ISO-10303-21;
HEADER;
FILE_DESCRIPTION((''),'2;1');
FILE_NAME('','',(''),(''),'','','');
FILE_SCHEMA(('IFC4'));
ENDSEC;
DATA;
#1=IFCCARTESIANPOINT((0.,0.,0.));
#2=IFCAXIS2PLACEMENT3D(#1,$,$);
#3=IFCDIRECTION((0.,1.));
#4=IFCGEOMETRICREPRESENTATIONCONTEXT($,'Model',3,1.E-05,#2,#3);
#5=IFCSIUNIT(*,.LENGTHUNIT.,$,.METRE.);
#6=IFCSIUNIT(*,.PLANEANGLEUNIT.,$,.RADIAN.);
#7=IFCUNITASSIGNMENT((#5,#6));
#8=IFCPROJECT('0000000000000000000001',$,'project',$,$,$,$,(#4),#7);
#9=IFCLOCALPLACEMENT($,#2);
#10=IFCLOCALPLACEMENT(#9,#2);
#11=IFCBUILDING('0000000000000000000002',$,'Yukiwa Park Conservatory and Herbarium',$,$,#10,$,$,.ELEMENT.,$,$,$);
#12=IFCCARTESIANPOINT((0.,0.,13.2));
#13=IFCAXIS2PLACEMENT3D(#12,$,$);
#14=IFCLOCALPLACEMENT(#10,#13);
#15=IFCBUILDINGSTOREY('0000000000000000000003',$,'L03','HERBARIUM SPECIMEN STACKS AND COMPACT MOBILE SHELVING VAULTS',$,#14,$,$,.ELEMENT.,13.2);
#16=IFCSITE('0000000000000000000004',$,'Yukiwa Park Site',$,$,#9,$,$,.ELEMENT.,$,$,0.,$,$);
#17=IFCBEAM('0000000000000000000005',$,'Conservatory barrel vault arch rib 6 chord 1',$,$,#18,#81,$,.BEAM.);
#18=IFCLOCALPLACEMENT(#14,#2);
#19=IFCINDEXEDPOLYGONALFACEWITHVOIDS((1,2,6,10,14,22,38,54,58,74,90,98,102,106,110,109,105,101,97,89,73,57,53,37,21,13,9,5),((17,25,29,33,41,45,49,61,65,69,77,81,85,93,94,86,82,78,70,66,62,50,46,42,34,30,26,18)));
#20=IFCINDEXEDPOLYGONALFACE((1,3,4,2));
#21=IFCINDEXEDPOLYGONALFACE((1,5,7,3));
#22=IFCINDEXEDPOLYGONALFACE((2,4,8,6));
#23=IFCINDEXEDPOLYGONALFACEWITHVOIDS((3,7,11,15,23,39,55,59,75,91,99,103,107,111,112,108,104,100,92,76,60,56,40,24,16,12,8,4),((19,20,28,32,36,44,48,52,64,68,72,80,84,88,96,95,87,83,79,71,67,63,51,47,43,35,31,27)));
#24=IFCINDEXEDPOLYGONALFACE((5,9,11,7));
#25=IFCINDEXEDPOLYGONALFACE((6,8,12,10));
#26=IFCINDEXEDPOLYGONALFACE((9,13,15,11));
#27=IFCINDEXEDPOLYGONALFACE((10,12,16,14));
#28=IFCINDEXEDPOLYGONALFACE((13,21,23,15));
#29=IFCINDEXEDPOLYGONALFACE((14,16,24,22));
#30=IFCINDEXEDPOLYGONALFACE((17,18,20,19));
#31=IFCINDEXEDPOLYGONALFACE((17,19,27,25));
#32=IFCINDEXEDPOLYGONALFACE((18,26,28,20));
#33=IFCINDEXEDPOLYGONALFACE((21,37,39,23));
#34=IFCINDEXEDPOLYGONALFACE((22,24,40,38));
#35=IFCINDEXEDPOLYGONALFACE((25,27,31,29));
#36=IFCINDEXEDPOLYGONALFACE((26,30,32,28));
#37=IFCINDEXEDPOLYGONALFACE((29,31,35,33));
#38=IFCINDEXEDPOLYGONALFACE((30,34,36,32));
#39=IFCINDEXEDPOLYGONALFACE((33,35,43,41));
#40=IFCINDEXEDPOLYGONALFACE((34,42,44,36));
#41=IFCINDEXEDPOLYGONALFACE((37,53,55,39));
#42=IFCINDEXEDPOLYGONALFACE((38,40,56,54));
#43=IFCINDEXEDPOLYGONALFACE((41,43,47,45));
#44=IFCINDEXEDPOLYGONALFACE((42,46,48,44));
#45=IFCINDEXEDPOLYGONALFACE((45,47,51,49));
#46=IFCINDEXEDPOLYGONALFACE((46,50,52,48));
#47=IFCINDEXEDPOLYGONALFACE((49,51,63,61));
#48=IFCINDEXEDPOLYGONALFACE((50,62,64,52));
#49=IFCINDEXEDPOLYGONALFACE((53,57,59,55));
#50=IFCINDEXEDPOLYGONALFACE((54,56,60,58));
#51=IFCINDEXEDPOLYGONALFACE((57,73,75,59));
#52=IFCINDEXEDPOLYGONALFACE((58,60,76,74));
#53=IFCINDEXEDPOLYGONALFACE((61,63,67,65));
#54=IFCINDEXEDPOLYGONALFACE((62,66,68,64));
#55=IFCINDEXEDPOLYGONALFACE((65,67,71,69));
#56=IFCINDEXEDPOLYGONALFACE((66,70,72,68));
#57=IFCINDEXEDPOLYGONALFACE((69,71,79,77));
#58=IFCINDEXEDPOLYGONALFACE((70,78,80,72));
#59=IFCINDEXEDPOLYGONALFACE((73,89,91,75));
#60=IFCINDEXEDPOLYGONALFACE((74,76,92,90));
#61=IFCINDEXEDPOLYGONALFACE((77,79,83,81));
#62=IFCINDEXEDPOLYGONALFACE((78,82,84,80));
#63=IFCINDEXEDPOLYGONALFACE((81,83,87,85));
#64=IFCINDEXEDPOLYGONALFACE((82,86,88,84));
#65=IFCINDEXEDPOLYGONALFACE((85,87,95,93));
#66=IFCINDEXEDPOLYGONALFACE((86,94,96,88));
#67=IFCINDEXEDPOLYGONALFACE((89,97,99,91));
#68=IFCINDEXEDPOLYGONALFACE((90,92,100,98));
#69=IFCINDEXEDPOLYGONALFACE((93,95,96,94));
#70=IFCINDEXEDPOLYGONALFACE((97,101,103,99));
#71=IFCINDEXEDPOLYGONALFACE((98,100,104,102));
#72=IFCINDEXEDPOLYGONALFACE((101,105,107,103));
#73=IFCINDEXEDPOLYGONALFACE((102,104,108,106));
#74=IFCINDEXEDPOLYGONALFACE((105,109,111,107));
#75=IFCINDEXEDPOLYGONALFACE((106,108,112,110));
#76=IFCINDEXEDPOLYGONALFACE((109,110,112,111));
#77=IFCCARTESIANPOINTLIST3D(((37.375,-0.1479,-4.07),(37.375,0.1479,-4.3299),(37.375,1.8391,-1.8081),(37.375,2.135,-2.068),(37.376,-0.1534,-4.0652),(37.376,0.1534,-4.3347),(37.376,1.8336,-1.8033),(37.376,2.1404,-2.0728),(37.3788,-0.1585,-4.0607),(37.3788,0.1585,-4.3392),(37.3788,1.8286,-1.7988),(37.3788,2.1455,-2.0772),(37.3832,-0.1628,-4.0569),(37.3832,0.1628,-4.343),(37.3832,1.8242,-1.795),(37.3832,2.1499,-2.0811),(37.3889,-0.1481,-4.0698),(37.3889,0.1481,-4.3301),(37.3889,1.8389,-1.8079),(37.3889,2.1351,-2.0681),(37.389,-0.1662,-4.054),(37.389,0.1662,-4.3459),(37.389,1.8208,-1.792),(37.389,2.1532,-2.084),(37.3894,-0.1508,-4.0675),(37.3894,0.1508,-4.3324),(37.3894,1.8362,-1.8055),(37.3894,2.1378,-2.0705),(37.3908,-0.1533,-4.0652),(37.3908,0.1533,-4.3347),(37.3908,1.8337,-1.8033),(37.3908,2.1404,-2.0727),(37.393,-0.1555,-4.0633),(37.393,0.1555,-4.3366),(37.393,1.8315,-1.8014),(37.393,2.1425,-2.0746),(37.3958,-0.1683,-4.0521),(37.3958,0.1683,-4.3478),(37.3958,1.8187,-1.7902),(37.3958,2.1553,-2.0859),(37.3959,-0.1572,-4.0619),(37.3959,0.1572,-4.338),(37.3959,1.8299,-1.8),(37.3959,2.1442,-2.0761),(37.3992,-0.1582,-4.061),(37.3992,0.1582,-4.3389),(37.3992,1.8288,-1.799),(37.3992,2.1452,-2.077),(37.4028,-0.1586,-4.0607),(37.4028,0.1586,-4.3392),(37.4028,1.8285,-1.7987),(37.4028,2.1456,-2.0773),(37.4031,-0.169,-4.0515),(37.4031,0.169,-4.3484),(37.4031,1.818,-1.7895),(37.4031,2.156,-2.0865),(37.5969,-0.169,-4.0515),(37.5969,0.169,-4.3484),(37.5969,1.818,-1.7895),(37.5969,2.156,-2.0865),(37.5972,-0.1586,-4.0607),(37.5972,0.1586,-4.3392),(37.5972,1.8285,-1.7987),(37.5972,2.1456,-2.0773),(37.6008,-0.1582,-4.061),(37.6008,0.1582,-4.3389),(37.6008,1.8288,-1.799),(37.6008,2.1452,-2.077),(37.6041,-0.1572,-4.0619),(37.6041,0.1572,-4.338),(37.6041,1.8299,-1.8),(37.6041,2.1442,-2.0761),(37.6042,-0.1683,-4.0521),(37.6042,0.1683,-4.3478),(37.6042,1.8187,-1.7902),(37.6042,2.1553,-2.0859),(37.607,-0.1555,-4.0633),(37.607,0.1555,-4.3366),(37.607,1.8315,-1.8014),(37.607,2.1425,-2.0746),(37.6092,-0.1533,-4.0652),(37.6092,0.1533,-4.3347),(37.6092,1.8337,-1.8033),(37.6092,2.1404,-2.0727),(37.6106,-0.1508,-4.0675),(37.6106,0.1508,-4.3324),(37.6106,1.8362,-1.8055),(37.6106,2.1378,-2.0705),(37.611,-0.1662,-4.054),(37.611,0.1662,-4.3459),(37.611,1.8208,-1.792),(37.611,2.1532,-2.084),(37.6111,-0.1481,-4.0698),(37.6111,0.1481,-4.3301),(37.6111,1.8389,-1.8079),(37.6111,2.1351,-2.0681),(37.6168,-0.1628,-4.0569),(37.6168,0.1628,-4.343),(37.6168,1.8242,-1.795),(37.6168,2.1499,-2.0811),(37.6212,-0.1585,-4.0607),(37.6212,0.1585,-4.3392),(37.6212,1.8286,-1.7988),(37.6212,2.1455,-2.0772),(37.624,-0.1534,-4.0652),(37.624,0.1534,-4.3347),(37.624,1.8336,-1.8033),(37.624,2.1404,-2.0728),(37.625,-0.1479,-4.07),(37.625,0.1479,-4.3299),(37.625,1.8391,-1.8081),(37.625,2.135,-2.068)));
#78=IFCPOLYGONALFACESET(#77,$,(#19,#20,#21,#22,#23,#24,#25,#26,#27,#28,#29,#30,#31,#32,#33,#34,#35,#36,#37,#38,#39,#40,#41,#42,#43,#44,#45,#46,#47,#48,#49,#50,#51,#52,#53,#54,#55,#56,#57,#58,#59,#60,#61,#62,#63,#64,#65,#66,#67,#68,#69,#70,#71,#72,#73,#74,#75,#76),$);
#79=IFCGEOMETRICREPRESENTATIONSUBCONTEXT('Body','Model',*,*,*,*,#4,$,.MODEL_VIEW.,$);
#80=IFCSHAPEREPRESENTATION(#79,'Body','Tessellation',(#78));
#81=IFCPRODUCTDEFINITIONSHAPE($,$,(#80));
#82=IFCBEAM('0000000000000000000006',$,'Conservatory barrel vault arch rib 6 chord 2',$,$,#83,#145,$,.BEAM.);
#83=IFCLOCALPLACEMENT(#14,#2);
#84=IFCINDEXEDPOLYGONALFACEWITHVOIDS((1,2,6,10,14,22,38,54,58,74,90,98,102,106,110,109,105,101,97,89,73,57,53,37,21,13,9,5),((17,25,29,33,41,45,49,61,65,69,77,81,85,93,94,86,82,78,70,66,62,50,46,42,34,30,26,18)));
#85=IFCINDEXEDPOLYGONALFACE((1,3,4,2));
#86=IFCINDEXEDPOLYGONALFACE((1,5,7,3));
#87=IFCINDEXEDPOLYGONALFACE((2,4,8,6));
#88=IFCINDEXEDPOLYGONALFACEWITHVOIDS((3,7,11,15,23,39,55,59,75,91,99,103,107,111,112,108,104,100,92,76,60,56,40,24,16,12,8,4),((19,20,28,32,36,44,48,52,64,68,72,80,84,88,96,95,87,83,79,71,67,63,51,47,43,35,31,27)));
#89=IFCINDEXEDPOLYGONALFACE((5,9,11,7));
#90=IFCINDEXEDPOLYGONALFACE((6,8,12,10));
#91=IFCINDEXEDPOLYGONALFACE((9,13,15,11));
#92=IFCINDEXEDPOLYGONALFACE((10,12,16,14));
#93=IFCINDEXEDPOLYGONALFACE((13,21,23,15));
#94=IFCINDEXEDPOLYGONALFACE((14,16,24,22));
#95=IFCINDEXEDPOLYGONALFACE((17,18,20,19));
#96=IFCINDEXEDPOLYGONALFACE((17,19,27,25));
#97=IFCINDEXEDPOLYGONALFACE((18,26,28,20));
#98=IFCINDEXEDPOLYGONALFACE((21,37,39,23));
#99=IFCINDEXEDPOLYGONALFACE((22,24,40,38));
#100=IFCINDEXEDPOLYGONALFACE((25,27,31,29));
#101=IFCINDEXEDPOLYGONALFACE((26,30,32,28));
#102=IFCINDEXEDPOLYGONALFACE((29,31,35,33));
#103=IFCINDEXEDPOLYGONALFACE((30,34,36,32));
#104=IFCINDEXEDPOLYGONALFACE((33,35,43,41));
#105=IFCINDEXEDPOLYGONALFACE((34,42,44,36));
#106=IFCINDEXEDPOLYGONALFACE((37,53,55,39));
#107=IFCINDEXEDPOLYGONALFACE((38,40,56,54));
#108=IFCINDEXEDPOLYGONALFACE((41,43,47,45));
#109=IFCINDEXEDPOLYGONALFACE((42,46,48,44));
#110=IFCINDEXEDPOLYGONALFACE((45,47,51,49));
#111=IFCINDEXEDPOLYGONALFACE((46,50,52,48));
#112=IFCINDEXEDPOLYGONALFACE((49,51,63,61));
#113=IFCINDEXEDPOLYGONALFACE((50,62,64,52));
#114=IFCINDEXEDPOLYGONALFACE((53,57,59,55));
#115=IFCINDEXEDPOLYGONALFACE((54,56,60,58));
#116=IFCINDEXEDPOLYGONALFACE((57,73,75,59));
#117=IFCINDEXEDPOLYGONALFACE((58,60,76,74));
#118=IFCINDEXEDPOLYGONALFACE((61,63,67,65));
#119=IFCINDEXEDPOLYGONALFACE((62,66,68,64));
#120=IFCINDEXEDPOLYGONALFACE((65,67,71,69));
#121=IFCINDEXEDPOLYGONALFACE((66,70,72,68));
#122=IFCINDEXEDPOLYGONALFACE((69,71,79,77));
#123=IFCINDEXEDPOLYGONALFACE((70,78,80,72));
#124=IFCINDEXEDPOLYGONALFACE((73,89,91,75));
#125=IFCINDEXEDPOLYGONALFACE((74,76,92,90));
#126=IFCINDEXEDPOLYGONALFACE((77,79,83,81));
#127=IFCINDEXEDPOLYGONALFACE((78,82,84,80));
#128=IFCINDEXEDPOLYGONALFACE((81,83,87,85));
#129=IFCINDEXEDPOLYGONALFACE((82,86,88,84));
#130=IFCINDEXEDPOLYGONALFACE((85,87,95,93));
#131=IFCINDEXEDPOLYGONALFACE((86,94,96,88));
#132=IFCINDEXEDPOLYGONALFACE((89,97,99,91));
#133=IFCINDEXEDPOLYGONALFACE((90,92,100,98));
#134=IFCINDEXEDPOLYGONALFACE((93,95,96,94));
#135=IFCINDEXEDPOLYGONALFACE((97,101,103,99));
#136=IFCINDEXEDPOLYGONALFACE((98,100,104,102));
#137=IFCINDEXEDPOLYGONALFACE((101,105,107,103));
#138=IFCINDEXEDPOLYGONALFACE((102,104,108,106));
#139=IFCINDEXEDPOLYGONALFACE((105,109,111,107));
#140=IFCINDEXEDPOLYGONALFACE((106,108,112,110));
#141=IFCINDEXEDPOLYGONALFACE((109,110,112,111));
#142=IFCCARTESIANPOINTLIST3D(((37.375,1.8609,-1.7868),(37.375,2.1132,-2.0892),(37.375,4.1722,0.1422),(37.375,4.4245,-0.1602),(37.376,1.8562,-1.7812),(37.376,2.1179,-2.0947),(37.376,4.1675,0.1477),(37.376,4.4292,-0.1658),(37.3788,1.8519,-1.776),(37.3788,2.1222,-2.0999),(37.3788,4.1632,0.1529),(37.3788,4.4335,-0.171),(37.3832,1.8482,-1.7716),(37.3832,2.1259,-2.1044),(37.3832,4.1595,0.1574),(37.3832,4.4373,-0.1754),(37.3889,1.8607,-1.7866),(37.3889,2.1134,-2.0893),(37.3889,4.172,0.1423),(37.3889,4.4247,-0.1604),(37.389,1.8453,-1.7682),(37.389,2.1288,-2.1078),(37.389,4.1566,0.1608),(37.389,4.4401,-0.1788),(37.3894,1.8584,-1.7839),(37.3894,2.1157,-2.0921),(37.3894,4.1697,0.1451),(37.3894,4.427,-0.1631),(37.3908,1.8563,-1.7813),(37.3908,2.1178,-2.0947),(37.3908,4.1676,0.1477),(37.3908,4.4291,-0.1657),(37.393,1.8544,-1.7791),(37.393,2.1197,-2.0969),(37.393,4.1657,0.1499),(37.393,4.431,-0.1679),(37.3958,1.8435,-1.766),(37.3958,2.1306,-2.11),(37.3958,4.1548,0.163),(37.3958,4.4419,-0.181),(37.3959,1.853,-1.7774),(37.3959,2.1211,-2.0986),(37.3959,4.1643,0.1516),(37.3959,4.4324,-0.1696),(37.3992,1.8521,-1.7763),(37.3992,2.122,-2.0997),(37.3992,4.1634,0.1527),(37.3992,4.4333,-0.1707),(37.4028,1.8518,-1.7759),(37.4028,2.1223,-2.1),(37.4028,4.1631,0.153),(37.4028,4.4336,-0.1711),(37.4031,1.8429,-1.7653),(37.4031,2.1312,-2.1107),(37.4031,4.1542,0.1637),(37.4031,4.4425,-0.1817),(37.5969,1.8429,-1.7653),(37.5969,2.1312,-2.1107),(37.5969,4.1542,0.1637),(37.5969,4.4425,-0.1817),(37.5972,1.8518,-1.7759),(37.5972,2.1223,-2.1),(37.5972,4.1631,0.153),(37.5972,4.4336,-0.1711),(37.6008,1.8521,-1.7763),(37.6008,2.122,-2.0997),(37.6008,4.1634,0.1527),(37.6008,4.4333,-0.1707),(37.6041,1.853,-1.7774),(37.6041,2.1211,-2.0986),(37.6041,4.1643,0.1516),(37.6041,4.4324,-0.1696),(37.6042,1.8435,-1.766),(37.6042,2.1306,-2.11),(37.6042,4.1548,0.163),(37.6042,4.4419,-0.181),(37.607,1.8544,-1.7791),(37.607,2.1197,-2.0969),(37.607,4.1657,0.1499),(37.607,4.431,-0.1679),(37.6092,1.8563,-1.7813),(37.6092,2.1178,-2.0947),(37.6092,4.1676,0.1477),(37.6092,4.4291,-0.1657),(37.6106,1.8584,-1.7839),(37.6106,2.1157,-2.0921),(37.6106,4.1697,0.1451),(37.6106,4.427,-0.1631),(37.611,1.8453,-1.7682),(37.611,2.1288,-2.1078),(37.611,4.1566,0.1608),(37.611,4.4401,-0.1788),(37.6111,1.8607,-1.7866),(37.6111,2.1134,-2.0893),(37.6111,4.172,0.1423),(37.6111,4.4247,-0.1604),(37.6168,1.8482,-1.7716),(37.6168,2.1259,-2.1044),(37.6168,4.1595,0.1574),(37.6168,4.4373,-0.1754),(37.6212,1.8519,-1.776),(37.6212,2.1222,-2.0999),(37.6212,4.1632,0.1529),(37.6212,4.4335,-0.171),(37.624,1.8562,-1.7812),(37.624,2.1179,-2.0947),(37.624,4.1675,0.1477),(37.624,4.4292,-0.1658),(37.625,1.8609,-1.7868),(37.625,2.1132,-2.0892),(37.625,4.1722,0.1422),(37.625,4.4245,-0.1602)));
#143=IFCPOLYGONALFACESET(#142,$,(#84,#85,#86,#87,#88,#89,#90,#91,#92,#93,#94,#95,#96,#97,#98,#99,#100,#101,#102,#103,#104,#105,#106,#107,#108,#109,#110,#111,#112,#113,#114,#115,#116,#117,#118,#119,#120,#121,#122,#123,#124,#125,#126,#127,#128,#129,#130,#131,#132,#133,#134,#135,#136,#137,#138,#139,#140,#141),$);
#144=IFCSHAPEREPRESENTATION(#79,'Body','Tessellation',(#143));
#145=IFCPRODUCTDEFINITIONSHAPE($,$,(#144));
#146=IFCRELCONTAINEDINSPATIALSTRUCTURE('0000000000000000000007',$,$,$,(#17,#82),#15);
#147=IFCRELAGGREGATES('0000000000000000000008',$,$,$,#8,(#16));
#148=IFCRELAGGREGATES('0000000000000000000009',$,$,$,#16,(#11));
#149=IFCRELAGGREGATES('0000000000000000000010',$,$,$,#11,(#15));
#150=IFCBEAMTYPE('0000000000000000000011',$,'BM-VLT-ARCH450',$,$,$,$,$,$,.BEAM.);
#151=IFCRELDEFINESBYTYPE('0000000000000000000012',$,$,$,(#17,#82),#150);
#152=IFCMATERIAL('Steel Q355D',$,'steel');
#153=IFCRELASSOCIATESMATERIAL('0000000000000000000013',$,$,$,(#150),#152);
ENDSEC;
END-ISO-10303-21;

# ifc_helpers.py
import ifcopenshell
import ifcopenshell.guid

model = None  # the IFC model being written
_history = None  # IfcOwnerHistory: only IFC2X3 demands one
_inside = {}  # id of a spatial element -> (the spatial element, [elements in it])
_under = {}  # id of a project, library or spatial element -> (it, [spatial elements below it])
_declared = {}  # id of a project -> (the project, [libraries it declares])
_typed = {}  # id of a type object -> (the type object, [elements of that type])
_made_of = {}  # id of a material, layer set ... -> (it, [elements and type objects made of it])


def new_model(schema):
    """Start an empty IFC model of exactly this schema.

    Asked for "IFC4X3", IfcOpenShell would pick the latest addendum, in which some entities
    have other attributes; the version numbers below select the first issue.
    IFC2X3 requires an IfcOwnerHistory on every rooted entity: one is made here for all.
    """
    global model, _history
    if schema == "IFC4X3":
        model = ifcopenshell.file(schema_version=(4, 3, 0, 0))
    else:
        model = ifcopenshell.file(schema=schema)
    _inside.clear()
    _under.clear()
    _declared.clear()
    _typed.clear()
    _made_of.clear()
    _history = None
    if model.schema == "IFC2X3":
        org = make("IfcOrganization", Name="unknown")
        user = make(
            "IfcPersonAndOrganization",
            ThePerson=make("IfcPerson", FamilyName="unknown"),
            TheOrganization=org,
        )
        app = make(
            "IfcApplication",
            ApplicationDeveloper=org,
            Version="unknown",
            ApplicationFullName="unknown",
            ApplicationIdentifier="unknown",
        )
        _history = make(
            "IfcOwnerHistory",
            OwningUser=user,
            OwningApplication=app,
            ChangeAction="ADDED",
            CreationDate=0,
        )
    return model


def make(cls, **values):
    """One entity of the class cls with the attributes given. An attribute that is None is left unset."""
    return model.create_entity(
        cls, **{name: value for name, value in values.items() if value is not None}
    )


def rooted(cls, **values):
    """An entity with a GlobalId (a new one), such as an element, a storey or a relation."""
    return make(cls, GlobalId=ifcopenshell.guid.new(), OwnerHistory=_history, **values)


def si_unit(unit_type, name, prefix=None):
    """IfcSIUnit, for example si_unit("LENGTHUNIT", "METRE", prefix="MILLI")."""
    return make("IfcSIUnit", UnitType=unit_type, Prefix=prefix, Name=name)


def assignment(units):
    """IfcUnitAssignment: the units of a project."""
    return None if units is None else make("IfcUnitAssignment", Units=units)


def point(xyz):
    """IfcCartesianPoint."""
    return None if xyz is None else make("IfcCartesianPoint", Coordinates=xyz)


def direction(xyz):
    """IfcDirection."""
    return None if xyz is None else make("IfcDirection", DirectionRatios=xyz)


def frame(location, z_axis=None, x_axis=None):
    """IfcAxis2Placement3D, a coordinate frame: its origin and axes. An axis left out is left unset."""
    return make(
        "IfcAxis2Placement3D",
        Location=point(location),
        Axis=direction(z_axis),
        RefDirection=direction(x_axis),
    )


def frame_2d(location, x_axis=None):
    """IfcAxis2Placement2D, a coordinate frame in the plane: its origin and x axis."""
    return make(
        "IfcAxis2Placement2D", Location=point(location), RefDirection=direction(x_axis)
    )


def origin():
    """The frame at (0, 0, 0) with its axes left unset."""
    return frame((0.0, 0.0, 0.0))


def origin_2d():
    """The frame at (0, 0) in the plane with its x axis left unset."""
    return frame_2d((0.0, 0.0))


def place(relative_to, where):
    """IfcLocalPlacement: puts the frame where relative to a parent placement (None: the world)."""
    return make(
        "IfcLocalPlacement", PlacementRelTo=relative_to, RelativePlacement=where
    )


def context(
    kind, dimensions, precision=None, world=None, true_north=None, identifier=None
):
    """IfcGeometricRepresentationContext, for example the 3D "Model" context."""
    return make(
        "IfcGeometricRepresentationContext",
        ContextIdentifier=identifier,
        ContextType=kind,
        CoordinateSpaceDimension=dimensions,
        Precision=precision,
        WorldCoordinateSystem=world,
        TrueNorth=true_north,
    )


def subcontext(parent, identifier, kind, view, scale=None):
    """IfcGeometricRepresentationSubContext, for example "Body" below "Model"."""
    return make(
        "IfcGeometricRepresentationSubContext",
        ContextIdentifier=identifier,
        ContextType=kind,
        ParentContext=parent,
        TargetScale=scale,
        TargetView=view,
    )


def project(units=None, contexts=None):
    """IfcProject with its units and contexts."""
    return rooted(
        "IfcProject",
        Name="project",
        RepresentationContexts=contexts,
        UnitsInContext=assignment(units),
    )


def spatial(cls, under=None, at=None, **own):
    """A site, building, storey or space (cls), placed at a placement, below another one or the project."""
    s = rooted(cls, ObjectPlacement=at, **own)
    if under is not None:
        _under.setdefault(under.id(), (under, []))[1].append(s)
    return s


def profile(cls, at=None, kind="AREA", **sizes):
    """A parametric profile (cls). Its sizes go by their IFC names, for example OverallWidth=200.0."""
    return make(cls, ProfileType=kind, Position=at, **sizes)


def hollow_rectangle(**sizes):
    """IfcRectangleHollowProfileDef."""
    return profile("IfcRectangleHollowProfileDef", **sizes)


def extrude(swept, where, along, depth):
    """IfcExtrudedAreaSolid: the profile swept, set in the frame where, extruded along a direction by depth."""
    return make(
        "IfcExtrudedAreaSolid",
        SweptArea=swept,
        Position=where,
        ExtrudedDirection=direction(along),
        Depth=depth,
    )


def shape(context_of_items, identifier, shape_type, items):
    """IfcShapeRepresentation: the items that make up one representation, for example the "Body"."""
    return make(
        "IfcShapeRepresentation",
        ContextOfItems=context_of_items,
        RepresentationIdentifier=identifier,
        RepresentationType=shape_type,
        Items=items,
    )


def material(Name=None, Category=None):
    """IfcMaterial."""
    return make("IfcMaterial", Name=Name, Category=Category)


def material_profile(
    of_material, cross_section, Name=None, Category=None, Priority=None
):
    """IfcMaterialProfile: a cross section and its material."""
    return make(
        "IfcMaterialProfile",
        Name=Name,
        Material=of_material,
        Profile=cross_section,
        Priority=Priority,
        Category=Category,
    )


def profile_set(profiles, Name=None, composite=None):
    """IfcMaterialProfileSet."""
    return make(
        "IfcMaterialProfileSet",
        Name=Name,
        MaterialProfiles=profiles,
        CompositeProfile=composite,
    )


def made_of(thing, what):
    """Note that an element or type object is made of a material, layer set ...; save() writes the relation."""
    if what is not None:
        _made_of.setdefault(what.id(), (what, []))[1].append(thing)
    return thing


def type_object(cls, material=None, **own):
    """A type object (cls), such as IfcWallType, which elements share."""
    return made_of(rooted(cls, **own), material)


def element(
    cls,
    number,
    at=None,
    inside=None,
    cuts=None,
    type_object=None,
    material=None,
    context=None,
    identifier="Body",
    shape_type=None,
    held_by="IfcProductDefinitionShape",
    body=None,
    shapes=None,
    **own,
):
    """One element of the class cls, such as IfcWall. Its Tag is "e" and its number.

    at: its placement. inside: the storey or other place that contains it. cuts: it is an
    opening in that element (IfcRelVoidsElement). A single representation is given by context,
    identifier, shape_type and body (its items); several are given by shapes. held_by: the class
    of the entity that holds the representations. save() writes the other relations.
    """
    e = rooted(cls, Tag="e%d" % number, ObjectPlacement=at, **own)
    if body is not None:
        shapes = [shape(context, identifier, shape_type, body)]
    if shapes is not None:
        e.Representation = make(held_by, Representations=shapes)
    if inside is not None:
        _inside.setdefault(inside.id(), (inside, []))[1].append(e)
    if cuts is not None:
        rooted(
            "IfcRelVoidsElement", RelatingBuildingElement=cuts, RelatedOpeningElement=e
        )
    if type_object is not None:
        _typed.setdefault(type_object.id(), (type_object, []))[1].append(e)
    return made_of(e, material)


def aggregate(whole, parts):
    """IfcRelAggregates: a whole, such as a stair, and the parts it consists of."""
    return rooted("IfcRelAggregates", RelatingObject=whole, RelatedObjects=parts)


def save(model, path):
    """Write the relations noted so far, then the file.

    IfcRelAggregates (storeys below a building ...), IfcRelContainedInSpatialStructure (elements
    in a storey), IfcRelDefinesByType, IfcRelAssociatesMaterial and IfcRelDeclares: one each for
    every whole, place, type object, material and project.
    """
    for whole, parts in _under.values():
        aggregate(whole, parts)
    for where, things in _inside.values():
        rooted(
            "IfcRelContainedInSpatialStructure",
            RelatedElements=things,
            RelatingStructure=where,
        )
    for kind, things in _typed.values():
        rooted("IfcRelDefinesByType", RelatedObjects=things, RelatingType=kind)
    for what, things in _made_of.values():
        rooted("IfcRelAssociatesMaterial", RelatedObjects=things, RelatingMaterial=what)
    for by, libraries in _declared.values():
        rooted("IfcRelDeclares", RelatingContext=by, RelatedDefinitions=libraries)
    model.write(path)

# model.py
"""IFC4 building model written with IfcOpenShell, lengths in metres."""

from ifc_helpers import new_model, si_unit, direction, frame, origin, origin_2d, place, context, subcontext, project, spatial, hollow_rectangle, extrude, material, material_profile, profile_set, type_object, element, save


model = new_model("IFC4")

# Units and contexts
model_context = context("Model", 3, precision=1e-05, world=origin(), true_north=direction((0.0, 1.0)))
body_context = subcontext(model_context, "Body", "Model", "MODEL_VIEW")
ifc_project = project(units=[si_unit("LENGTHUNIT", "METRE"), si_unit("PLANEANGLEUNIT", "RADIAN")], contexts=[model_context])

# Site, building, storey
site_placement = place(None, origin())
site = spatial("IfcSite", under=ifc_project, at=site_placement, Name="Yukiwa Park Site", CompositionType="ELEMENT", RefElevation=0.0)
building_placement = place(site_placement, origin())
building = spatial("IfcBuilding", under=site, at=building_placement, Name="Yukiwa Park Conservatory and Herbarium", CompositionType="ELEMENT")
storey_placement = place(building_placement, frame((0.0, 0.0, 13.2)))
storey = spatial("IfcBuildingStorey", under=building, at=storey_placement, Name="L03", Description="HERBARIUM SPECIMEN STACKS AND COMPACT MOBILE SHELVING VAULTS", CompositionType="ELEMENT", Elevation=13.2)

# Beams
ifc_material_1 = material(Name="Steel Q355D", Category="steel")
ifc_material_profile_1 = material_profile(ifc_material_1, hollow_rectangle(XDim=0.25, YDim=0.45, WallThickness=0.0139, InnerFilletRadius=0.0139, OuterFilletRadius=0.0281, at=origin_2d()), Name="RHS 450x250x14")
ifc_profile_set_1 = profile_set([ifc_material_profile_1], Name="Steel Q355D")
beam_type = type_object("IfcBeamType", Name="BM-VLT-ARCH450", PredefinedType="BEAM", material=ifc_profile_set_1)
beam_1_placement = place(storey_placement, frame((37.5, 0.0, -4.2), z_axis=(0.0, 0.659979, 0.751284), x_axis=(-1.0, 0.0, 0.0)))
element("IfcBeam", 1, at=beam_1_placement, inside=storey, type_object=beam_type, Name="Conservatory barrel vault arch rib 6 chord 1", PredefinedType="BEAM", context=body_context, shape_type="SweptSolid", body=[
    extrude(hollow_rectangle(XDim=0.25, YDim=0.45, WallThickness=0.0139, InnerFilletRadius=0.0139, OuterFilletRadius=0.0281, at=origin_2d()), origin(), (0.0, 0.0, 1.0), 3.0107),
])
beam_2_placement = place(storey_placement, frame((37.5, 1.9871, -1.938), z_axis=(0.0, 0.767749, 0.640751), x_axis=(-1.0, 0.0, 0.0)))
element("IfcBeam", 2, at=beam_2_placement, inside=storey, type_object=beam_type, Name="Conservatory barrel vault arch rib 6 chord 2", PredefinedType="BEAM", context=body_context, shape_type="SweptSolid", body=[
    extrude(hollow_rectangle(XDim=0.25, YDim=0.45, WallThickness=0.0139, InnerFilletRadius=0.0139, OuterFilletRadius=0.0281, at=origin_2d()), origin(), (0.0, 0.0, 1.0), 3.0105),
])

save(model, "model.ifc")
